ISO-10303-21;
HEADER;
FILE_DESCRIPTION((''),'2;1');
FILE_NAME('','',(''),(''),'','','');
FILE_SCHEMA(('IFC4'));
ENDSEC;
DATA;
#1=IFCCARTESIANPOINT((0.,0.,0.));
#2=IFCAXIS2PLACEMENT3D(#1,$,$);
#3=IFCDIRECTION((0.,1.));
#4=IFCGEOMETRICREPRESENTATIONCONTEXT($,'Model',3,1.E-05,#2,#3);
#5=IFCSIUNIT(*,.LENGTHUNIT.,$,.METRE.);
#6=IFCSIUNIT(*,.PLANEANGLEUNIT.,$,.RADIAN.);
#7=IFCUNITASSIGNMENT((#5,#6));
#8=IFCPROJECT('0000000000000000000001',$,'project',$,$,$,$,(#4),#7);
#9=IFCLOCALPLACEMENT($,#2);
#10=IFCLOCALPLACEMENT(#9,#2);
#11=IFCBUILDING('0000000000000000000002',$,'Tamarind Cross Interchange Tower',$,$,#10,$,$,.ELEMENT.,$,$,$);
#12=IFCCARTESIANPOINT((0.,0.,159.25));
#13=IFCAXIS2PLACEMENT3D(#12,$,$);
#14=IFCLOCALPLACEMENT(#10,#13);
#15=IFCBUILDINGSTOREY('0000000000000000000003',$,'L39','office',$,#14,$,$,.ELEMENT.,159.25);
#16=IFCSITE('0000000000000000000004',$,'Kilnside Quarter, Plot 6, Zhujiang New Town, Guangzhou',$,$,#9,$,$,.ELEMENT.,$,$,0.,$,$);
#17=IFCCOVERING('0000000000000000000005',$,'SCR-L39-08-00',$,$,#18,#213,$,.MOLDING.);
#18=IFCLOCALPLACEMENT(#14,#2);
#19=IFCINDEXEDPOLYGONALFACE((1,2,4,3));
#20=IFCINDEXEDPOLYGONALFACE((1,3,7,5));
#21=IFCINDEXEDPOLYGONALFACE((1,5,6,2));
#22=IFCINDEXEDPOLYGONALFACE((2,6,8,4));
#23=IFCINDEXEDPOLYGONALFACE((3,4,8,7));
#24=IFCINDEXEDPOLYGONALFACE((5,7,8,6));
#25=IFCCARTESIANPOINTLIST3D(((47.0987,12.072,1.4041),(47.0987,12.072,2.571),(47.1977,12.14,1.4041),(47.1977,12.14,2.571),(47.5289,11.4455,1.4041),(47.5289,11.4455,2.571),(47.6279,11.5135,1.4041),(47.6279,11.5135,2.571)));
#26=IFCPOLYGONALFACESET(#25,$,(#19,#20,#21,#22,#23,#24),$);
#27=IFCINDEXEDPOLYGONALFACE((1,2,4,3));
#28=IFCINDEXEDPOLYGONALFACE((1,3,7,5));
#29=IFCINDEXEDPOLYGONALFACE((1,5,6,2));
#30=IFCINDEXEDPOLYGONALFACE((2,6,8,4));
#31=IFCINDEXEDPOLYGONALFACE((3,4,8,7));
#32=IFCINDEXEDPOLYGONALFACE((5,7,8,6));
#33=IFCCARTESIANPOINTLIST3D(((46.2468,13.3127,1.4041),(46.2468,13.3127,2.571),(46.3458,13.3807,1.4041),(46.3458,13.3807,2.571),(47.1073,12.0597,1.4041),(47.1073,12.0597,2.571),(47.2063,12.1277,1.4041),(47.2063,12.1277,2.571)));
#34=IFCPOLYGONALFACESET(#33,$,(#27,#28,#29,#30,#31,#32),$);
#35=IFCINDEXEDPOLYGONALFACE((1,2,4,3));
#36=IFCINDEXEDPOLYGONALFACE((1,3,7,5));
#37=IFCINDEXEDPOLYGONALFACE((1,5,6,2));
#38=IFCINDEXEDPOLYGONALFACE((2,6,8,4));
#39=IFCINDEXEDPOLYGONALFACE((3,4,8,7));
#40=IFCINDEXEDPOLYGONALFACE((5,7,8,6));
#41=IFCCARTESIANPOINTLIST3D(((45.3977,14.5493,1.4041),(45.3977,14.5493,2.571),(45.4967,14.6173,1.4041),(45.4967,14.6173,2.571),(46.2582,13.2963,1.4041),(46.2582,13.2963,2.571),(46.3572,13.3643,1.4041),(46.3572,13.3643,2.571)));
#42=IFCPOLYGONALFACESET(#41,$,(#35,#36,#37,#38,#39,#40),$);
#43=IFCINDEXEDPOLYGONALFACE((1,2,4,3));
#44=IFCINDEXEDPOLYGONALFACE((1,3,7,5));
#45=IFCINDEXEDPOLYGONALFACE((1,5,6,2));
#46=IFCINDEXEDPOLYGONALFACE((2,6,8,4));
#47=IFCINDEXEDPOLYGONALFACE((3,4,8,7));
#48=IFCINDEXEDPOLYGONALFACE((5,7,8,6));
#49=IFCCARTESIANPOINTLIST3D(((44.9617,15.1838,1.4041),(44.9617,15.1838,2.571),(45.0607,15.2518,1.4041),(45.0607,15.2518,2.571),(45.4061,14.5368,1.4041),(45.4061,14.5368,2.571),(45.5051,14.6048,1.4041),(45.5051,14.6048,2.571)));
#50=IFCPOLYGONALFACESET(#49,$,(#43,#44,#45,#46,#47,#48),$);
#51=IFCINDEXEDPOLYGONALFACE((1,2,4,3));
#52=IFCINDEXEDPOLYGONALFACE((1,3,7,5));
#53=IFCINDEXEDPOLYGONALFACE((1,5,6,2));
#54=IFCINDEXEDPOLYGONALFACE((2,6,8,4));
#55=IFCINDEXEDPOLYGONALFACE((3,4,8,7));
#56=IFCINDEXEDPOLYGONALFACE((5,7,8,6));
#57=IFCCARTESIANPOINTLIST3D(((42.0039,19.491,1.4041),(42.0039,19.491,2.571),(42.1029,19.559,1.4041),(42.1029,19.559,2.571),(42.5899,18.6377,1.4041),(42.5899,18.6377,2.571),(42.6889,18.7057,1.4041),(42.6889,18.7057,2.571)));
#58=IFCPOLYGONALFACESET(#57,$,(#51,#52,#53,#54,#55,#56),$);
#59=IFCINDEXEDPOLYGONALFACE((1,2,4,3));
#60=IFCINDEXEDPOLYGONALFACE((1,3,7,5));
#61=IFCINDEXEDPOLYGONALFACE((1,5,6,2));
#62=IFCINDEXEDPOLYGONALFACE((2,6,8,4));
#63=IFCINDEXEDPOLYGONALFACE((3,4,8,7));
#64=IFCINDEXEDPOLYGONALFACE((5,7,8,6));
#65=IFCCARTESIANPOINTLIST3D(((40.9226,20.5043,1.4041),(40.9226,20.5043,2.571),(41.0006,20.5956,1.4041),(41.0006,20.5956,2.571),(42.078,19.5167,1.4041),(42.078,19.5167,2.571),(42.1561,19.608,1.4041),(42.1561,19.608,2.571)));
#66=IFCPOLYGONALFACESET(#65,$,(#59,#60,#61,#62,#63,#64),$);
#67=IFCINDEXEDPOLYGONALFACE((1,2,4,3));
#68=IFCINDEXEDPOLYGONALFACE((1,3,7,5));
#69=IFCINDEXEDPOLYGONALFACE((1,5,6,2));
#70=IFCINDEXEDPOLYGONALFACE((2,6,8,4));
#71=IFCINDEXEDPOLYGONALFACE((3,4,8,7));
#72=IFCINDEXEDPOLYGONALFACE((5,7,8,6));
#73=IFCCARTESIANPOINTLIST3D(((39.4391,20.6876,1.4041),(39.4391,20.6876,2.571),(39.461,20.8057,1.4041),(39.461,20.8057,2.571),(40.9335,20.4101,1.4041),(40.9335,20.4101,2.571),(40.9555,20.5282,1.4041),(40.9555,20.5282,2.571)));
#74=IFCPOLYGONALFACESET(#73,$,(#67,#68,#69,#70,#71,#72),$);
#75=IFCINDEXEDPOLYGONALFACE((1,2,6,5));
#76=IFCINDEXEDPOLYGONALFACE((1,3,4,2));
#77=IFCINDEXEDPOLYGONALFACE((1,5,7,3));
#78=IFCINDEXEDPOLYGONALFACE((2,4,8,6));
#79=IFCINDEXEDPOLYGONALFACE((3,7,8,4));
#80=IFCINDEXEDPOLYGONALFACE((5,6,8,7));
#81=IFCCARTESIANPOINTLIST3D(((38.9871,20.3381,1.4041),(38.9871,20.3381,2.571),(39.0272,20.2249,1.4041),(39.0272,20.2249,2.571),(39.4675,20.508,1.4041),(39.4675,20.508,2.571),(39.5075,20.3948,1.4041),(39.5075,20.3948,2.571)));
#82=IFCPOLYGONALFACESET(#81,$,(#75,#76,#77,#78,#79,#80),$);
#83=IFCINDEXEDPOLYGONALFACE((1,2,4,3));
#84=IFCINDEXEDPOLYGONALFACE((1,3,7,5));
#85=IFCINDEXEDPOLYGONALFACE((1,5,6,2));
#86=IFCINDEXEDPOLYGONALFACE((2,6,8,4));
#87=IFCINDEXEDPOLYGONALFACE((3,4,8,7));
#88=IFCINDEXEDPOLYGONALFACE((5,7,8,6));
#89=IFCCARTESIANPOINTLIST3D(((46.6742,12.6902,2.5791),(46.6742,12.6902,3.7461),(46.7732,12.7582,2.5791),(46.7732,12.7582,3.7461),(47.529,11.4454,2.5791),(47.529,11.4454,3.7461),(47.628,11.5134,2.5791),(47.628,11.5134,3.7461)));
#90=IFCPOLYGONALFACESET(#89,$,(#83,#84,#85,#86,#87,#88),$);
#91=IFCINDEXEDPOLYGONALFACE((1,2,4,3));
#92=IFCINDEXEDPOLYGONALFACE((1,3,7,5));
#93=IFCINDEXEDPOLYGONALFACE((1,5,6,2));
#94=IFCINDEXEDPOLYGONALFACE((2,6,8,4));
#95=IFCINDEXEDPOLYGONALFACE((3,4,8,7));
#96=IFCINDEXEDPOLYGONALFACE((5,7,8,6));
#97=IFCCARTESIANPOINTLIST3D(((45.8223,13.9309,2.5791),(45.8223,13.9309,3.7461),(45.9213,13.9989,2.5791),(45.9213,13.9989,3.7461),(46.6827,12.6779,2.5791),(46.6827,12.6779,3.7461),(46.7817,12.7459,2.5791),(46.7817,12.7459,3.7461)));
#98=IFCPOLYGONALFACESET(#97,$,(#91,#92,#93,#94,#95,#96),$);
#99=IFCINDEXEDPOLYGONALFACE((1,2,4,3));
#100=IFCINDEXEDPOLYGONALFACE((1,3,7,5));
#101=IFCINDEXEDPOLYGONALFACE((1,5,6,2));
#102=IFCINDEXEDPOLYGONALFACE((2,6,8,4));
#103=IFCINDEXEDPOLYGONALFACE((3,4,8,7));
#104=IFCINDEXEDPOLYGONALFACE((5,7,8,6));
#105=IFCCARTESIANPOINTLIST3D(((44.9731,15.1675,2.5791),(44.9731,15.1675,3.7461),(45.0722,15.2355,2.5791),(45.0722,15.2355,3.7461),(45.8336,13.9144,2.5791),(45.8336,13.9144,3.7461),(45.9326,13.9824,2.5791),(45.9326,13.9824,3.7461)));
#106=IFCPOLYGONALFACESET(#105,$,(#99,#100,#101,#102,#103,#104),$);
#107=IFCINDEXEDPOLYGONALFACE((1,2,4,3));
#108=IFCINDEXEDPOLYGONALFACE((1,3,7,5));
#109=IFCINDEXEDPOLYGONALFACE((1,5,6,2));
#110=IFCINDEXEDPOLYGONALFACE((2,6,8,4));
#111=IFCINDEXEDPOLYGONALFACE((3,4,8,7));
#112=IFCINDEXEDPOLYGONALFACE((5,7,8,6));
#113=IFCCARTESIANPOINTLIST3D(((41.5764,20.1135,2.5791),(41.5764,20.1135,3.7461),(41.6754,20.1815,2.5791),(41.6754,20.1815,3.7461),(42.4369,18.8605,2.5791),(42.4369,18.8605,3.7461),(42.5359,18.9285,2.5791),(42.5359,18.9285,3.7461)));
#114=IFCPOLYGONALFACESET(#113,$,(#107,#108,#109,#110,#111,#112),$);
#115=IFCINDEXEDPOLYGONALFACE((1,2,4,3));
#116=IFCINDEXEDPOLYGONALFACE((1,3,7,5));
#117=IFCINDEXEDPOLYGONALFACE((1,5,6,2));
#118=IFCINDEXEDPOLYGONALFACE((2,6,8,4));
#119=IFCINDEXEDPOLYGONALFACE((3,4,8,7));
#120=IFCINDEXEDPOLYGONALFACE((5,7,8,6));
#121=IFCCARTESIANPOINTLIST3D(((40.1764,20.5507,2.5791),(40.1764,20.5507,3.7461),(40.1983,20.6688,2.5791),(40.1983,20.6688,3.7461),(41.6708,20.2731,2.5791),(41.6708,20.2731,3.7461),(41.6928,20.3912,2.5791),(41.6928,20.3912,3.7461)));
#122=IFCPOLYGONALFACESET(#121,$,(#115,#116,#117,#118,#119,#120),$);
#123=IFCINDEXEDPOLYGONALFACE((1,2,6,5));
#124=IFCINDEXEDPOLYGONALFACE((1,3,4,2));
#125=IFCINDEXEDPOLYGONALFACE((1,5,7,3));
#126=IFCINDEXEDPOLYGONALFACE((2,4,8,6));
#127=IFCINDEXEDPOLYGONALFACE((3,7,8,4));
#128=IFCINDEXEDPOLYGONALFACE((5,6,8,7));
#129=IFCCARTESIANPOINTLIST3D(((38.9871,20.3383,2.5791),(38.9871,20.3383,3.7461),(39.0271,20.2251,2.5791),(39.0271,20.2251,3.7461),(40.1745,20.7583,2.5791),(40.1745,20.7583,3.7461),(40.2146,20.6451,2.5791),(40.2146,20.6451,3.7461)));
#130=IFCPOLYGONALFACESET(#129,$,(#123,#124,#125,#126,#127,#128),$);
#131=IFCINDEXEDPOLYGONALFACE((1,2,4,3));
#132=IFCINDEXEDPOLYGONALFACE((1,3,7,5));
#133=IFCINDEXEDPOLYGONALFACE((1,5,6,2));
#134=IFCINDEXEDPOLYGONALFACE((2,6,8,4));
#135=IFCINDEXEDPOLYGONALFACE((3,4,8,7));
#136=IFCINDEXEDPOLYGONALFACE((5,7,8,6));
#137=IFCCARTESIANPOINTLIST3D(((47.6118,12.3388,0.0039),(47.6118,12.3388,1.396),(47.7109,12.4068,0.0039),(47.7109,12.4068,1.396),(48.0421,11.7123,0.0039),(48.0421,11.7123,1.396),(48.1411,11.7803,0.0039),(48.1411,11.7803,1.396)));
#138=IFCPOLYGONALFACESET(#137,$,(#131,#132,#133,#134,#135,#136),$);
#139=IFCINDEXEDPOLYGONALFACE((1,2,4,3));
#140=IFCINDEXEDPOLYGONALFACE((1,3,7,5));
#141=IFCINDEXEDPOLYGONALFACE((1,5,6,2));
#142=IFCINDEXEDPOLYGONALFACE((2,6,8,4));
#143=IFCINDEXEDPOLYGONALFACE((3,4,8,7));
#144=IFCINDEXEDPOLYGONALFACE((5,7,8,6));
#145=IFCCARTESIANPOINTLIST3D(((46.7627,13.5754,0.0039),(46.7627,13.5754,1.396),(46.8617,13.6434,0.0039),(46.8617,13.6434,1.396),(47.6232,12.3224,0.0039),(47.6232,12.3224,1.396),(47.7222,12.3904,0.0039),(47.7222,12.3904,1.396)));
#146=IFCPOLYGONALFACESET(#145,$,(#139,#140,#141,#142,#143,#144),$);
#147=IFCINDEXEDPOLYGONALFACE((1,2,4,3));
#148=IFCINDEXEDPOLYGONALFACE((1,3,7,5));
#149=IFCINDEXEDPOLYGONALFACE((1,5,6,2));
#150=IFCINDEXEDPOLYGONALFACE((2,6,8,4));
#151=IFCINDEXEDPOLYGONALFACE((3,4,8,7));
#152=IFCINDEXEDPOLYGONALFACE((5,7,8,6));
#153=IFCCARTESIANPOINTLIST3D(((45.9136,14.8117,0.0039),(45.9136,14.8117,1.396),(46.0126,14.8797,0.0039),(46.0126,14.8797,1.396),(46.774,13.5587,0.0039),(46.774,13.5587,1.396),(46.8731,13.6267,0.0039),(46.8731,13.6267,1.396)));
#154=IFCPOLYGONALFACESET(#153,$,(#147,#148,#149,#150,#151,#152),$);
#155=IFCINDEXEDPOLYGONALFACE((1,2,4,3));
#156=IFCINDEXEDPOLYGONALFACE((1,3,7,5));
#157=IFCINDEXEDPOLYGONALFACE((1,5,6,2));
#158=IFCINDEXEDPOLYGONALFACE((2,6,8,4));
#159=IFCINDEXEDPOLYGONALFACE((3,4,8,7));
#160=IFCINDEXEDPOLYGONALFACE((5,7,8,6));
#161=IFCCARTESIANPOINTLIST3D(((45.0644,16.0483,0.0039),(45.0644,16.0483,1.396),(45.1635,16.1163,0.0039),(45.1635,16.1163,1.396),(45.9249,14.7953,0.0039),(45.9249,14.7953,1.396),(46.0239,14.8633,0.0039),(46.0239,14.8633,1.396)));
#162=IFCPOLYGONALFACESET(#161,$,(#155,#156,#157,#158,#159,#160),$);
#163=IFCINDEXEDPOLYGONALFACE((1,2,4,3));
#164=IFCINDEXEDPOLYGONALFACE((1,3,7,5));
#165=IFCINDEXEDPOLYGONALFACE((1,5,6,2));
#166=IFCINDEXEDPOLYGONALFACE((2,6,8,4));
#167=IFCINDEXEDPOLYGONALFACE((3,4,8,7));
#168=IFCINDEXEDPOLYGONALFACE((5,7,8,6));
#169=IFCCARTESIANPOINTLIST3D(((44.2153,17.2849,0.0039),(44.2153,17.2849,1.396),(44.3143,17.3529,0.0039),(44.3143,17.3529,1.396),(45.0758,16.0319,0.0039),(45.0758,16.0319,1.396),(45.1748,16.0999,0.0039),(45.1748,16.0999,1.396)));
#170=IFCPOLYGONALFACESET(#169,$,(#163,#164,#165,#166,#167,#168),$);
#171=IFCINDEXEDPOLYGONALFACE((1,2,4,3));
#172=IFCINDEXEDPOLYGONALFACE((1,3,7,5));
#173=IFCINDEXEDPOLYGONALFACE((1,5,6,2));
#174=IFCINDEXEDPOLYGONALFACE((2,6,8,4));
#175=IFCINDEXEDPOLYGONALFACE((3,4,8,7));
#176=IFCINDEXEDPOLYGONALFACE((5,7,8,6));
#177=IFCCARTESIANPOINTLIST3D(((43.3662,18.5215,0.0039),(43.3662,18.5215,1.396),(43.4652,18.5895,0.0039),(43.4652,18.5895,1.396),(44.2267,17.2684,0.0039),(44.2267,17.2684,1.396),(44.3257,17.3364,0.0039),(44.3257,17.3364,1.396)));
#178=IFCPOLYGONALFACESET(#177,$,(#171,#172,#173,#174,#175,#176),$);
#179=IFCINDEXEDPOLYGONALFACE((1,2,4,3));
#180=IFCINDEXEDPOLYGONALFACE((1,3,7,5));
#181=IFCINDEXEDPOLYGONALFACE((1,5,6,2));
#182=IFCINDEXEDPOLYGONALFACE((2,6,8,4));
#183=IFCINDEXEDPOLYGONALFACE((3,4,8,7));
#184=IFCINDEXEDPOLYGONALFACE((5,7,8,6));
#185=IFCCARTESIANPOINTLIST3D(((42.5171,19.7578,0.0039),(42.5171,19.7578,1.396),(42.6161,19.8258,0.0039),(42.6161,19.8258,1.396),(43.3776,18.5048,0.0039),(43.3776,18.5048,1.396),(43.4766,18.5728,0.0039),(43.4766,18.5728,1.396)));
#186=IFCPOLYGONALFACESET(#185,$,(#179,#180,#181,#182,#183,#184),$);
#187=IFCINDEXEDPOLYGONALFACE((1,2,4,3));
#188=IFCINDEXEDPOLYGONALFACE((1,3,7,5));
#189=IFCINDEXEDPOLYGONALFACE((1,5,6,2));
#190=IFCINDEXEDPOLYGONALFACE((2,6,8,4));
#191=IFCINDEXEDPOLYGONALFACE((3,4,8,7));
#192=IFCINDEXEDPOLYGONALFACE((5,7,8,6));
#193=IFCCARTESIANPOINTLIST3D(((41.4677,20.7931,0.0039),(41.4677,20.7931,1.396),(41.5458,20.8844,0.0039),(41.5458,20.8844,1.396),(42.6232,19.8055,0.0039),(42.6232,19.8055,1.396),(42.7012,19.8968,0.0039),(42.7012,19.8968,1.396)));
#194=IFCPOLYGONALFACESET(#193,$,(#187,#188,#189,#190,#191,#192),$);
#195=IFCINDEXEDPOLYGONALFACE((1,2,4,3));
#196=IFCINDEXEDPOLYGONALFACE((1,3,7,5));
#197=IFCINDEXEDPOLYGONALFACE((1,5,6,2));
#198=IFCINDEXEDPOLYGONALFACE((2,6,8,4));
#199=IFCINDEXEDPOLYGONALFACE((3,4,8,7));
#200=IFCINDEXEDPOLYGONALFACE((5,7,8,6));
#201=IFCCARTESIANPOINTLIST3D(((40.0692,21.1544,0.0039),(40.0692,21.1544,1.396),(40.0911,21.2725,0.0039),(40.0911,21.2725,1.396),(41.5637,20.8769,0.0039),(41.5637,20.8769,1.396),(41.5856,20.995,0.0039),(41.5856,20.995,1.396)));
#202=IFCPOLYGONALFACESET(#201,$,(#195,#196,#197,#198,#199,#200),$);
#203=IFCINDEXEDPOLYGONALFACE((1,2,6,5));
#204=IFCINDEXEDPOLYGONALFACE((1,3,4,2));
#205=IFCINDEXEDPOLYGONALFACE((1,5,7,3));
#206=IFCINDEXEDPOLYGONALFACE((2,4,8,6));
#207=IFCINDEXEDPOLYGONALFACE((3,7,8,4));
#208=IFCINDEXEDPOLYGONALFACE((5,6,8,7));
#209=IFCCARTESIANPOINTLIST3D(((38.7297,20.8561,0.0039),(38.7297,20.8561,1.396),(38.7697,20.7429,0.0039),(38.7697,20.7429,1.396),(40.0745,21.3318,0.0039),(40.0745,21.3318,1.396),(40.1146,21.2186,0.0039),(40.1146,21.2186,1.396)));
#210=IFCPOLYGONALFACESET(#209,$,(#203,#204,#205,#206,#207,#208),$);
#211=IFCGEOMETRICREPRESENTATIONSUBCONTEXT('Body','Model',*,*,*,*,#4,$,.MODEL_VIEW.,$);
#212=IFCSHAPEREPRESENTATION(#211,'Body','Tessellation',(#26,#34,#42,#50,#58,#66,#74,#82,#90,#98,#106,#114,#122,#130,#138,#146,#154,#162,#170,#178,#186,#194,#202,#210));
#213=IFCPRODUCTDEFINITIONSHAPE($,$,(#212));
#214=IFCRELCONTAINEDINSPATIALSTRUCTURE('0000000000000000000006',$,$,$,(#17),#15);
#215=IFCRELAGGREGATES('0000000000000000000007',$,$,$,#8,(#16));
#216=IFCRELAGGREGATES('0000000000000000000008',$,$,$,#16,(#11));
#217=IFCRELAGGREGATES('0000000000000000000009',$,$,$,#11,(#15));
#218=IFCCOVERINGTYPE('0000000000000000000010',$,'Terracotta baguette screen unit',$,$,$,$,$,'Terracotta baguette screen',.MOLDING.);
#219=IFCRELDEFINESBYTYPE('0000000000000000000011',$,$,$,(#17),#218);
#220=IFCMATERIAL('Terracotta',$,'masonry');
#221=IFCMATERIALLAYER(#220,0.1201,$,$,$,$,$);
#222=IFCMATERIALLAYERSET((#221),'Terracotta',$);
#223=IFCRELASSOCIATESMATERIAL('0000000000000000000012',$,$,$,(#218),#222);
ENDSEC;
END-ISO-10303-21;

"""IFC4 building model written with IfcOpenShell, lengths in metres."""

from ifc_helpers import new_model, si_unit, direction, frame, origin, origin_2d, place, context, subcontext, project, spatial, rectangle, extrude, material, layer, layer_set, type_object, element, save


model = new_model("IFC4")

# Units and contexts
model_context = context("Model", 3, precision=1e-05, world=origin(), true_north=direction((0.0, 1.0)))
body_context = subcontext(model_context, "Body", "Model", "MODEL_VIEW")
ifc_project = project(units=[si_unit("LENGTHUNIT", "METRE"), si_unit("PLANEANGLEUNIT", "RADIAN")], contexts=[model_context])

# Site, building, storey
site_placement = place(None, origin())
site = spatial("IfcSite", under=ifc_project, at=site_placement, Name="Kilnside Quarter, Plot 6, Zhujiang New Town, Guangzhou", CompositionType="ELEMENT", RefElevation=0.0)
building_placement = place(site_placement, origin())
building = spatial("IfcBuilding", under=site, at=building_placement, Name="Tamarind Cross Interchange Tower", CompositionType="ELEMENT")
storey_placement = place(building_placement, frame((0.0, 0.0, 159.25)))
storey = spatial("IfcBuildingStorey", under=building, at=storey_placement, Name="L39", Description="office", CompositionType="ELEMENT", Elevation=159.25)

# Covering
ifc_material_1 = material(Name="Terracotta", Category="masonry")
ifc_layer_1 = layer(ifc_material_1, 0.1201)
ifc_layer_set_1 = layer_set([ifc_layer_1], Name="Terracotta")
covering_type = type_object("IfcCoveringType", Name="Terracotta baguette screen unit", ElementType="Terracotta baguette screen", PredefinedType="MOLDING", material=ifc_layer_set_1)
covering_1_placement = place(storey_placement, origin())
element("IfcCovering", 1, at=covering_1_placement, inside=storey, type_object=covering_type, Name="SCR-L39-08-00", PredefinedType="MOLDING", context=body_context, shape_type="SweptSolid", body=[
    extrude(rectangle(XDim=0.76, YDim=0.1201, at=origin_2d()), frame((47.3633, 11.7927, 1.4041), z_axis=(0.0, 0.0, 1.0), x_axis=(-0.566096, 0.82434, 0.0)), (0.0, 0.0, 1.0), 1.167),
    extrude(rectangle(XDim=1.52, YDim=0.1201, at=origin_2d()), frame((46.7266, 12.7202, 1.4041), z_axis=(0.0, 0.0, 1.0), x_axis=(-0.566096, 0.82434, 0.0)), (0.0, 0.0, 1.0), 1.167),
    extrude(rectangle(XDim=1.52, YDim=0.1201, at=origin_2d()), frame((45.8774, 13.9568, 1.4041), z_axis=(0.0, 0.0, 1.0), x_axis=(-0.566096, 0.82434, 0.0)), (0.0, 0.0, 1.0), 1.167),
    extrude(rectangle(XDim=0.7849, YDim=0.1201, at=origin_2d()), frame((45.2334, 14.8943, 1.4041), z_axis=(0.0, 0.0, 1.0), x_axis=(-0.566096, 0.82434, 0.0)), (0.0, 0.0, 1.0), 1.167),
    extrude(rectangle(XDim=1.0352, YDim=0.1201, at=origin_2d()), frame((42.3464, 19.0984, 1.4041), z_axis=(0.0, 0.0, 1.0), x_axis=(-0.566096, 0.82434, 0.0)), (0.0, 0.0, 1.0), 1.167),
    extrude(rectangle(XDim=1.52, YDim=0.1201, at=origin_2d()), frame((41.5393, 20.0562, 1.4041), z_axis=(0.0, 0.0, 1.0), x_axis=(-0.760161, 0.649735, 0.0)), (0.0, 0.0, 1.0), 1.167),
    extrude(rectangle(XDim=1.52, YDim=0.1201, at=origin_2d()), frame((40.1973, 20.6079, 1.4041), z_axis=(0.0, 0.0, 1.0), x_axis=(-0.983186, 0.182606, 0.0)), (0.0, 0.0, 1.0), 1.167),
    extrude(rectangle(XDim=0.5095, YDim=0.1201, at=origin_2d()), frame((39.2473, 20.3665, 1.4041), z_axis=(0.0, 0.0, 1.0), x_axis=(-0.942767, -0.333451, 0.0)), (0.0, 0.0, 1.0), 1.167),
    extrude(rectangle(XDim=1.51, YDim=0.1201, at=origin_2d()), frame((47.1511, 12.1018, 2.5791), z_axis=(0.0, 0.0, 1.0), x_axis=(-0.566096, 0.82434, 0.0)), (0.0, 0.0, 1.0), 1.167),
    extrude(rectangle(XDim=1.52, YDim=0.1201, at=origin_2d()), frame((46.302, 13.3384, 2.5791), z_axis=(0.0, 0.0, 1.0), x_axis=(-0.566096, 0.82434, 0.0)), (0.0, 0.0, 1.0), 1.167),
    extrude(rectangle(XDim=1.52, YDim=0.1201, at=origin_2d()), frame((45.4529, 14.575, 2.5791), z_axis=(0.0, 0.0, 1.0), x_axis=(-0.566096, 0.82434, 0.0)), (0.0, 0.0, 1.0), 1.167),
    extrude(rectangle(XDim=1.52, YDim=0.1201, at=origin_2d()), frame((42.0562, 19.521, 2.5791), z_axis=(0.0, 0.0, 1.0), x_axis=(-0.566096, 0.82434, 0.0)), (0.0, 0.0, 1.0), 1.167),
    extrude(rectangle(XDim=1.52, YDim=0.1201, at=origin_2d()), frame((40.9346, 20.4709, 2.5791), z_axis=(0.0, 0.0, 1.0), x_axis=(-0.983186, 0.182606, 0.0)), (0.0, 0.0, 1.0), 1.167),
    extrude(rectangle(XDim=1.2595, YDim=0.1201, at=origin_2d()), frame((39.6008, 20.4917, 2.5791), z_axis=(0.0, 0.0, 1.0), x_axis=(-0.942767, -0.333451, 0.0)), (0.0, 0.0, 1.0), 1.167),
    extrude(rectangle(XDim=0.76, YDim=0.1201, at=origin_2d()), frame((47.8765, 12.0596, 0.0039), z_axis=(0.0, 0.0, 1.0), x_axis=(-0.566096, 0.82434, 0.0)), (0.0, 0.0, 1.0), 1.3921),
    extrude(rectangle(XDim=1.52, YDim=0.1201, at=origin_2d()), frame((47.2424, 12.9829, 0.0039), z_axis=(0.0, 0.0, 1.0), x_axis=(-0.566096, 0.82434, 0.0)), (0.0, 0.0, 1.0), 1.3921),
    extrude(rectangle(XDim=1.52, YDim=0.1201, at=origin_2d()), frame((46.3933, 14.2192, 0.0039), z_axis=(0.0, 0.0, 1.0), x_axis=(-0.566096, 0.82434, 0.0)), (0.0, 0.0, 1.0), 1.3921),
    extrude(rectangle(XDim=1.52, YDim=0.1201, at=origin_2d()), frame((45.5442, 15.4558, 0.0039), z_axis=(0.0, 0.0, 1.0), x_axis=(-0.566096, 0.82434, 0.0)), (0.0, 0.0, 1.0), 1.3921),
    extrude(rectangle(XDim=1.52, YDim=0.1201, at=origin_2d()), frame((44.6951, 16.6924, 0.0039), z_axis=(0.0, 0.0, 1.0), x_axis=(-0.566096, 0.82434, 0.0)), (0.0, 0.0, 1.0), 1.3921),
    extrude(rectangle(XDim=1.52, YDim=0.1201, at=origin_2d()), frame((43.8459, 17.929, 0.0039), z_axis=(0.0, 0.0, 1.0), x_axis=(-0.566096, 0.82434, 0.0)), (0.0, 0.0, 1.0), 1.3921),
    extrude(rectangle(XDim=1.52, YDim=0.1201, at=origin_2d()), frame((42.9968, 19.1653, 0.0039), z_axis=(0.0, 0.0, 1.0), x_axis=(-0.566096, 0.82434, 0.0)), (0.0, 0.0, 1.0), 1.3921),
    extrude(rectangle(XDim=1.52, YDim=0.1201, at=origin_2d()), frame((42.0845, 20.345, 0.0039), z_axis=(0.0, 0.0, 1.0), x_axis=(-0.760161, 0.649735, 0.0)), (0.0, 0.0, 1.0), 1.3921),
    extrude(rectangle(XDim=1.52, YDim=0.1201, at=origin_2d()), frame((40.8274, 21.0747, 0.0039), z_axis=(0.0, 0.0, 1.0), x_axis=(-0.983186, 0.182606, 0.0)), (0.0, 0.0, 1.0), 1.3921),
    extrude(rectangle(XDim=1.4265, YDim=0.1201, at=origin_2d()), frame((39.4221, 21.0374, 0.0039), z_axis=(0.0, 0.0, 1.0), x_axis=(-0.942767, -0.333451, 0.0)), (0.0, 0.0, 1.0), 1.3921),
])

save(model, "model.ifc")
